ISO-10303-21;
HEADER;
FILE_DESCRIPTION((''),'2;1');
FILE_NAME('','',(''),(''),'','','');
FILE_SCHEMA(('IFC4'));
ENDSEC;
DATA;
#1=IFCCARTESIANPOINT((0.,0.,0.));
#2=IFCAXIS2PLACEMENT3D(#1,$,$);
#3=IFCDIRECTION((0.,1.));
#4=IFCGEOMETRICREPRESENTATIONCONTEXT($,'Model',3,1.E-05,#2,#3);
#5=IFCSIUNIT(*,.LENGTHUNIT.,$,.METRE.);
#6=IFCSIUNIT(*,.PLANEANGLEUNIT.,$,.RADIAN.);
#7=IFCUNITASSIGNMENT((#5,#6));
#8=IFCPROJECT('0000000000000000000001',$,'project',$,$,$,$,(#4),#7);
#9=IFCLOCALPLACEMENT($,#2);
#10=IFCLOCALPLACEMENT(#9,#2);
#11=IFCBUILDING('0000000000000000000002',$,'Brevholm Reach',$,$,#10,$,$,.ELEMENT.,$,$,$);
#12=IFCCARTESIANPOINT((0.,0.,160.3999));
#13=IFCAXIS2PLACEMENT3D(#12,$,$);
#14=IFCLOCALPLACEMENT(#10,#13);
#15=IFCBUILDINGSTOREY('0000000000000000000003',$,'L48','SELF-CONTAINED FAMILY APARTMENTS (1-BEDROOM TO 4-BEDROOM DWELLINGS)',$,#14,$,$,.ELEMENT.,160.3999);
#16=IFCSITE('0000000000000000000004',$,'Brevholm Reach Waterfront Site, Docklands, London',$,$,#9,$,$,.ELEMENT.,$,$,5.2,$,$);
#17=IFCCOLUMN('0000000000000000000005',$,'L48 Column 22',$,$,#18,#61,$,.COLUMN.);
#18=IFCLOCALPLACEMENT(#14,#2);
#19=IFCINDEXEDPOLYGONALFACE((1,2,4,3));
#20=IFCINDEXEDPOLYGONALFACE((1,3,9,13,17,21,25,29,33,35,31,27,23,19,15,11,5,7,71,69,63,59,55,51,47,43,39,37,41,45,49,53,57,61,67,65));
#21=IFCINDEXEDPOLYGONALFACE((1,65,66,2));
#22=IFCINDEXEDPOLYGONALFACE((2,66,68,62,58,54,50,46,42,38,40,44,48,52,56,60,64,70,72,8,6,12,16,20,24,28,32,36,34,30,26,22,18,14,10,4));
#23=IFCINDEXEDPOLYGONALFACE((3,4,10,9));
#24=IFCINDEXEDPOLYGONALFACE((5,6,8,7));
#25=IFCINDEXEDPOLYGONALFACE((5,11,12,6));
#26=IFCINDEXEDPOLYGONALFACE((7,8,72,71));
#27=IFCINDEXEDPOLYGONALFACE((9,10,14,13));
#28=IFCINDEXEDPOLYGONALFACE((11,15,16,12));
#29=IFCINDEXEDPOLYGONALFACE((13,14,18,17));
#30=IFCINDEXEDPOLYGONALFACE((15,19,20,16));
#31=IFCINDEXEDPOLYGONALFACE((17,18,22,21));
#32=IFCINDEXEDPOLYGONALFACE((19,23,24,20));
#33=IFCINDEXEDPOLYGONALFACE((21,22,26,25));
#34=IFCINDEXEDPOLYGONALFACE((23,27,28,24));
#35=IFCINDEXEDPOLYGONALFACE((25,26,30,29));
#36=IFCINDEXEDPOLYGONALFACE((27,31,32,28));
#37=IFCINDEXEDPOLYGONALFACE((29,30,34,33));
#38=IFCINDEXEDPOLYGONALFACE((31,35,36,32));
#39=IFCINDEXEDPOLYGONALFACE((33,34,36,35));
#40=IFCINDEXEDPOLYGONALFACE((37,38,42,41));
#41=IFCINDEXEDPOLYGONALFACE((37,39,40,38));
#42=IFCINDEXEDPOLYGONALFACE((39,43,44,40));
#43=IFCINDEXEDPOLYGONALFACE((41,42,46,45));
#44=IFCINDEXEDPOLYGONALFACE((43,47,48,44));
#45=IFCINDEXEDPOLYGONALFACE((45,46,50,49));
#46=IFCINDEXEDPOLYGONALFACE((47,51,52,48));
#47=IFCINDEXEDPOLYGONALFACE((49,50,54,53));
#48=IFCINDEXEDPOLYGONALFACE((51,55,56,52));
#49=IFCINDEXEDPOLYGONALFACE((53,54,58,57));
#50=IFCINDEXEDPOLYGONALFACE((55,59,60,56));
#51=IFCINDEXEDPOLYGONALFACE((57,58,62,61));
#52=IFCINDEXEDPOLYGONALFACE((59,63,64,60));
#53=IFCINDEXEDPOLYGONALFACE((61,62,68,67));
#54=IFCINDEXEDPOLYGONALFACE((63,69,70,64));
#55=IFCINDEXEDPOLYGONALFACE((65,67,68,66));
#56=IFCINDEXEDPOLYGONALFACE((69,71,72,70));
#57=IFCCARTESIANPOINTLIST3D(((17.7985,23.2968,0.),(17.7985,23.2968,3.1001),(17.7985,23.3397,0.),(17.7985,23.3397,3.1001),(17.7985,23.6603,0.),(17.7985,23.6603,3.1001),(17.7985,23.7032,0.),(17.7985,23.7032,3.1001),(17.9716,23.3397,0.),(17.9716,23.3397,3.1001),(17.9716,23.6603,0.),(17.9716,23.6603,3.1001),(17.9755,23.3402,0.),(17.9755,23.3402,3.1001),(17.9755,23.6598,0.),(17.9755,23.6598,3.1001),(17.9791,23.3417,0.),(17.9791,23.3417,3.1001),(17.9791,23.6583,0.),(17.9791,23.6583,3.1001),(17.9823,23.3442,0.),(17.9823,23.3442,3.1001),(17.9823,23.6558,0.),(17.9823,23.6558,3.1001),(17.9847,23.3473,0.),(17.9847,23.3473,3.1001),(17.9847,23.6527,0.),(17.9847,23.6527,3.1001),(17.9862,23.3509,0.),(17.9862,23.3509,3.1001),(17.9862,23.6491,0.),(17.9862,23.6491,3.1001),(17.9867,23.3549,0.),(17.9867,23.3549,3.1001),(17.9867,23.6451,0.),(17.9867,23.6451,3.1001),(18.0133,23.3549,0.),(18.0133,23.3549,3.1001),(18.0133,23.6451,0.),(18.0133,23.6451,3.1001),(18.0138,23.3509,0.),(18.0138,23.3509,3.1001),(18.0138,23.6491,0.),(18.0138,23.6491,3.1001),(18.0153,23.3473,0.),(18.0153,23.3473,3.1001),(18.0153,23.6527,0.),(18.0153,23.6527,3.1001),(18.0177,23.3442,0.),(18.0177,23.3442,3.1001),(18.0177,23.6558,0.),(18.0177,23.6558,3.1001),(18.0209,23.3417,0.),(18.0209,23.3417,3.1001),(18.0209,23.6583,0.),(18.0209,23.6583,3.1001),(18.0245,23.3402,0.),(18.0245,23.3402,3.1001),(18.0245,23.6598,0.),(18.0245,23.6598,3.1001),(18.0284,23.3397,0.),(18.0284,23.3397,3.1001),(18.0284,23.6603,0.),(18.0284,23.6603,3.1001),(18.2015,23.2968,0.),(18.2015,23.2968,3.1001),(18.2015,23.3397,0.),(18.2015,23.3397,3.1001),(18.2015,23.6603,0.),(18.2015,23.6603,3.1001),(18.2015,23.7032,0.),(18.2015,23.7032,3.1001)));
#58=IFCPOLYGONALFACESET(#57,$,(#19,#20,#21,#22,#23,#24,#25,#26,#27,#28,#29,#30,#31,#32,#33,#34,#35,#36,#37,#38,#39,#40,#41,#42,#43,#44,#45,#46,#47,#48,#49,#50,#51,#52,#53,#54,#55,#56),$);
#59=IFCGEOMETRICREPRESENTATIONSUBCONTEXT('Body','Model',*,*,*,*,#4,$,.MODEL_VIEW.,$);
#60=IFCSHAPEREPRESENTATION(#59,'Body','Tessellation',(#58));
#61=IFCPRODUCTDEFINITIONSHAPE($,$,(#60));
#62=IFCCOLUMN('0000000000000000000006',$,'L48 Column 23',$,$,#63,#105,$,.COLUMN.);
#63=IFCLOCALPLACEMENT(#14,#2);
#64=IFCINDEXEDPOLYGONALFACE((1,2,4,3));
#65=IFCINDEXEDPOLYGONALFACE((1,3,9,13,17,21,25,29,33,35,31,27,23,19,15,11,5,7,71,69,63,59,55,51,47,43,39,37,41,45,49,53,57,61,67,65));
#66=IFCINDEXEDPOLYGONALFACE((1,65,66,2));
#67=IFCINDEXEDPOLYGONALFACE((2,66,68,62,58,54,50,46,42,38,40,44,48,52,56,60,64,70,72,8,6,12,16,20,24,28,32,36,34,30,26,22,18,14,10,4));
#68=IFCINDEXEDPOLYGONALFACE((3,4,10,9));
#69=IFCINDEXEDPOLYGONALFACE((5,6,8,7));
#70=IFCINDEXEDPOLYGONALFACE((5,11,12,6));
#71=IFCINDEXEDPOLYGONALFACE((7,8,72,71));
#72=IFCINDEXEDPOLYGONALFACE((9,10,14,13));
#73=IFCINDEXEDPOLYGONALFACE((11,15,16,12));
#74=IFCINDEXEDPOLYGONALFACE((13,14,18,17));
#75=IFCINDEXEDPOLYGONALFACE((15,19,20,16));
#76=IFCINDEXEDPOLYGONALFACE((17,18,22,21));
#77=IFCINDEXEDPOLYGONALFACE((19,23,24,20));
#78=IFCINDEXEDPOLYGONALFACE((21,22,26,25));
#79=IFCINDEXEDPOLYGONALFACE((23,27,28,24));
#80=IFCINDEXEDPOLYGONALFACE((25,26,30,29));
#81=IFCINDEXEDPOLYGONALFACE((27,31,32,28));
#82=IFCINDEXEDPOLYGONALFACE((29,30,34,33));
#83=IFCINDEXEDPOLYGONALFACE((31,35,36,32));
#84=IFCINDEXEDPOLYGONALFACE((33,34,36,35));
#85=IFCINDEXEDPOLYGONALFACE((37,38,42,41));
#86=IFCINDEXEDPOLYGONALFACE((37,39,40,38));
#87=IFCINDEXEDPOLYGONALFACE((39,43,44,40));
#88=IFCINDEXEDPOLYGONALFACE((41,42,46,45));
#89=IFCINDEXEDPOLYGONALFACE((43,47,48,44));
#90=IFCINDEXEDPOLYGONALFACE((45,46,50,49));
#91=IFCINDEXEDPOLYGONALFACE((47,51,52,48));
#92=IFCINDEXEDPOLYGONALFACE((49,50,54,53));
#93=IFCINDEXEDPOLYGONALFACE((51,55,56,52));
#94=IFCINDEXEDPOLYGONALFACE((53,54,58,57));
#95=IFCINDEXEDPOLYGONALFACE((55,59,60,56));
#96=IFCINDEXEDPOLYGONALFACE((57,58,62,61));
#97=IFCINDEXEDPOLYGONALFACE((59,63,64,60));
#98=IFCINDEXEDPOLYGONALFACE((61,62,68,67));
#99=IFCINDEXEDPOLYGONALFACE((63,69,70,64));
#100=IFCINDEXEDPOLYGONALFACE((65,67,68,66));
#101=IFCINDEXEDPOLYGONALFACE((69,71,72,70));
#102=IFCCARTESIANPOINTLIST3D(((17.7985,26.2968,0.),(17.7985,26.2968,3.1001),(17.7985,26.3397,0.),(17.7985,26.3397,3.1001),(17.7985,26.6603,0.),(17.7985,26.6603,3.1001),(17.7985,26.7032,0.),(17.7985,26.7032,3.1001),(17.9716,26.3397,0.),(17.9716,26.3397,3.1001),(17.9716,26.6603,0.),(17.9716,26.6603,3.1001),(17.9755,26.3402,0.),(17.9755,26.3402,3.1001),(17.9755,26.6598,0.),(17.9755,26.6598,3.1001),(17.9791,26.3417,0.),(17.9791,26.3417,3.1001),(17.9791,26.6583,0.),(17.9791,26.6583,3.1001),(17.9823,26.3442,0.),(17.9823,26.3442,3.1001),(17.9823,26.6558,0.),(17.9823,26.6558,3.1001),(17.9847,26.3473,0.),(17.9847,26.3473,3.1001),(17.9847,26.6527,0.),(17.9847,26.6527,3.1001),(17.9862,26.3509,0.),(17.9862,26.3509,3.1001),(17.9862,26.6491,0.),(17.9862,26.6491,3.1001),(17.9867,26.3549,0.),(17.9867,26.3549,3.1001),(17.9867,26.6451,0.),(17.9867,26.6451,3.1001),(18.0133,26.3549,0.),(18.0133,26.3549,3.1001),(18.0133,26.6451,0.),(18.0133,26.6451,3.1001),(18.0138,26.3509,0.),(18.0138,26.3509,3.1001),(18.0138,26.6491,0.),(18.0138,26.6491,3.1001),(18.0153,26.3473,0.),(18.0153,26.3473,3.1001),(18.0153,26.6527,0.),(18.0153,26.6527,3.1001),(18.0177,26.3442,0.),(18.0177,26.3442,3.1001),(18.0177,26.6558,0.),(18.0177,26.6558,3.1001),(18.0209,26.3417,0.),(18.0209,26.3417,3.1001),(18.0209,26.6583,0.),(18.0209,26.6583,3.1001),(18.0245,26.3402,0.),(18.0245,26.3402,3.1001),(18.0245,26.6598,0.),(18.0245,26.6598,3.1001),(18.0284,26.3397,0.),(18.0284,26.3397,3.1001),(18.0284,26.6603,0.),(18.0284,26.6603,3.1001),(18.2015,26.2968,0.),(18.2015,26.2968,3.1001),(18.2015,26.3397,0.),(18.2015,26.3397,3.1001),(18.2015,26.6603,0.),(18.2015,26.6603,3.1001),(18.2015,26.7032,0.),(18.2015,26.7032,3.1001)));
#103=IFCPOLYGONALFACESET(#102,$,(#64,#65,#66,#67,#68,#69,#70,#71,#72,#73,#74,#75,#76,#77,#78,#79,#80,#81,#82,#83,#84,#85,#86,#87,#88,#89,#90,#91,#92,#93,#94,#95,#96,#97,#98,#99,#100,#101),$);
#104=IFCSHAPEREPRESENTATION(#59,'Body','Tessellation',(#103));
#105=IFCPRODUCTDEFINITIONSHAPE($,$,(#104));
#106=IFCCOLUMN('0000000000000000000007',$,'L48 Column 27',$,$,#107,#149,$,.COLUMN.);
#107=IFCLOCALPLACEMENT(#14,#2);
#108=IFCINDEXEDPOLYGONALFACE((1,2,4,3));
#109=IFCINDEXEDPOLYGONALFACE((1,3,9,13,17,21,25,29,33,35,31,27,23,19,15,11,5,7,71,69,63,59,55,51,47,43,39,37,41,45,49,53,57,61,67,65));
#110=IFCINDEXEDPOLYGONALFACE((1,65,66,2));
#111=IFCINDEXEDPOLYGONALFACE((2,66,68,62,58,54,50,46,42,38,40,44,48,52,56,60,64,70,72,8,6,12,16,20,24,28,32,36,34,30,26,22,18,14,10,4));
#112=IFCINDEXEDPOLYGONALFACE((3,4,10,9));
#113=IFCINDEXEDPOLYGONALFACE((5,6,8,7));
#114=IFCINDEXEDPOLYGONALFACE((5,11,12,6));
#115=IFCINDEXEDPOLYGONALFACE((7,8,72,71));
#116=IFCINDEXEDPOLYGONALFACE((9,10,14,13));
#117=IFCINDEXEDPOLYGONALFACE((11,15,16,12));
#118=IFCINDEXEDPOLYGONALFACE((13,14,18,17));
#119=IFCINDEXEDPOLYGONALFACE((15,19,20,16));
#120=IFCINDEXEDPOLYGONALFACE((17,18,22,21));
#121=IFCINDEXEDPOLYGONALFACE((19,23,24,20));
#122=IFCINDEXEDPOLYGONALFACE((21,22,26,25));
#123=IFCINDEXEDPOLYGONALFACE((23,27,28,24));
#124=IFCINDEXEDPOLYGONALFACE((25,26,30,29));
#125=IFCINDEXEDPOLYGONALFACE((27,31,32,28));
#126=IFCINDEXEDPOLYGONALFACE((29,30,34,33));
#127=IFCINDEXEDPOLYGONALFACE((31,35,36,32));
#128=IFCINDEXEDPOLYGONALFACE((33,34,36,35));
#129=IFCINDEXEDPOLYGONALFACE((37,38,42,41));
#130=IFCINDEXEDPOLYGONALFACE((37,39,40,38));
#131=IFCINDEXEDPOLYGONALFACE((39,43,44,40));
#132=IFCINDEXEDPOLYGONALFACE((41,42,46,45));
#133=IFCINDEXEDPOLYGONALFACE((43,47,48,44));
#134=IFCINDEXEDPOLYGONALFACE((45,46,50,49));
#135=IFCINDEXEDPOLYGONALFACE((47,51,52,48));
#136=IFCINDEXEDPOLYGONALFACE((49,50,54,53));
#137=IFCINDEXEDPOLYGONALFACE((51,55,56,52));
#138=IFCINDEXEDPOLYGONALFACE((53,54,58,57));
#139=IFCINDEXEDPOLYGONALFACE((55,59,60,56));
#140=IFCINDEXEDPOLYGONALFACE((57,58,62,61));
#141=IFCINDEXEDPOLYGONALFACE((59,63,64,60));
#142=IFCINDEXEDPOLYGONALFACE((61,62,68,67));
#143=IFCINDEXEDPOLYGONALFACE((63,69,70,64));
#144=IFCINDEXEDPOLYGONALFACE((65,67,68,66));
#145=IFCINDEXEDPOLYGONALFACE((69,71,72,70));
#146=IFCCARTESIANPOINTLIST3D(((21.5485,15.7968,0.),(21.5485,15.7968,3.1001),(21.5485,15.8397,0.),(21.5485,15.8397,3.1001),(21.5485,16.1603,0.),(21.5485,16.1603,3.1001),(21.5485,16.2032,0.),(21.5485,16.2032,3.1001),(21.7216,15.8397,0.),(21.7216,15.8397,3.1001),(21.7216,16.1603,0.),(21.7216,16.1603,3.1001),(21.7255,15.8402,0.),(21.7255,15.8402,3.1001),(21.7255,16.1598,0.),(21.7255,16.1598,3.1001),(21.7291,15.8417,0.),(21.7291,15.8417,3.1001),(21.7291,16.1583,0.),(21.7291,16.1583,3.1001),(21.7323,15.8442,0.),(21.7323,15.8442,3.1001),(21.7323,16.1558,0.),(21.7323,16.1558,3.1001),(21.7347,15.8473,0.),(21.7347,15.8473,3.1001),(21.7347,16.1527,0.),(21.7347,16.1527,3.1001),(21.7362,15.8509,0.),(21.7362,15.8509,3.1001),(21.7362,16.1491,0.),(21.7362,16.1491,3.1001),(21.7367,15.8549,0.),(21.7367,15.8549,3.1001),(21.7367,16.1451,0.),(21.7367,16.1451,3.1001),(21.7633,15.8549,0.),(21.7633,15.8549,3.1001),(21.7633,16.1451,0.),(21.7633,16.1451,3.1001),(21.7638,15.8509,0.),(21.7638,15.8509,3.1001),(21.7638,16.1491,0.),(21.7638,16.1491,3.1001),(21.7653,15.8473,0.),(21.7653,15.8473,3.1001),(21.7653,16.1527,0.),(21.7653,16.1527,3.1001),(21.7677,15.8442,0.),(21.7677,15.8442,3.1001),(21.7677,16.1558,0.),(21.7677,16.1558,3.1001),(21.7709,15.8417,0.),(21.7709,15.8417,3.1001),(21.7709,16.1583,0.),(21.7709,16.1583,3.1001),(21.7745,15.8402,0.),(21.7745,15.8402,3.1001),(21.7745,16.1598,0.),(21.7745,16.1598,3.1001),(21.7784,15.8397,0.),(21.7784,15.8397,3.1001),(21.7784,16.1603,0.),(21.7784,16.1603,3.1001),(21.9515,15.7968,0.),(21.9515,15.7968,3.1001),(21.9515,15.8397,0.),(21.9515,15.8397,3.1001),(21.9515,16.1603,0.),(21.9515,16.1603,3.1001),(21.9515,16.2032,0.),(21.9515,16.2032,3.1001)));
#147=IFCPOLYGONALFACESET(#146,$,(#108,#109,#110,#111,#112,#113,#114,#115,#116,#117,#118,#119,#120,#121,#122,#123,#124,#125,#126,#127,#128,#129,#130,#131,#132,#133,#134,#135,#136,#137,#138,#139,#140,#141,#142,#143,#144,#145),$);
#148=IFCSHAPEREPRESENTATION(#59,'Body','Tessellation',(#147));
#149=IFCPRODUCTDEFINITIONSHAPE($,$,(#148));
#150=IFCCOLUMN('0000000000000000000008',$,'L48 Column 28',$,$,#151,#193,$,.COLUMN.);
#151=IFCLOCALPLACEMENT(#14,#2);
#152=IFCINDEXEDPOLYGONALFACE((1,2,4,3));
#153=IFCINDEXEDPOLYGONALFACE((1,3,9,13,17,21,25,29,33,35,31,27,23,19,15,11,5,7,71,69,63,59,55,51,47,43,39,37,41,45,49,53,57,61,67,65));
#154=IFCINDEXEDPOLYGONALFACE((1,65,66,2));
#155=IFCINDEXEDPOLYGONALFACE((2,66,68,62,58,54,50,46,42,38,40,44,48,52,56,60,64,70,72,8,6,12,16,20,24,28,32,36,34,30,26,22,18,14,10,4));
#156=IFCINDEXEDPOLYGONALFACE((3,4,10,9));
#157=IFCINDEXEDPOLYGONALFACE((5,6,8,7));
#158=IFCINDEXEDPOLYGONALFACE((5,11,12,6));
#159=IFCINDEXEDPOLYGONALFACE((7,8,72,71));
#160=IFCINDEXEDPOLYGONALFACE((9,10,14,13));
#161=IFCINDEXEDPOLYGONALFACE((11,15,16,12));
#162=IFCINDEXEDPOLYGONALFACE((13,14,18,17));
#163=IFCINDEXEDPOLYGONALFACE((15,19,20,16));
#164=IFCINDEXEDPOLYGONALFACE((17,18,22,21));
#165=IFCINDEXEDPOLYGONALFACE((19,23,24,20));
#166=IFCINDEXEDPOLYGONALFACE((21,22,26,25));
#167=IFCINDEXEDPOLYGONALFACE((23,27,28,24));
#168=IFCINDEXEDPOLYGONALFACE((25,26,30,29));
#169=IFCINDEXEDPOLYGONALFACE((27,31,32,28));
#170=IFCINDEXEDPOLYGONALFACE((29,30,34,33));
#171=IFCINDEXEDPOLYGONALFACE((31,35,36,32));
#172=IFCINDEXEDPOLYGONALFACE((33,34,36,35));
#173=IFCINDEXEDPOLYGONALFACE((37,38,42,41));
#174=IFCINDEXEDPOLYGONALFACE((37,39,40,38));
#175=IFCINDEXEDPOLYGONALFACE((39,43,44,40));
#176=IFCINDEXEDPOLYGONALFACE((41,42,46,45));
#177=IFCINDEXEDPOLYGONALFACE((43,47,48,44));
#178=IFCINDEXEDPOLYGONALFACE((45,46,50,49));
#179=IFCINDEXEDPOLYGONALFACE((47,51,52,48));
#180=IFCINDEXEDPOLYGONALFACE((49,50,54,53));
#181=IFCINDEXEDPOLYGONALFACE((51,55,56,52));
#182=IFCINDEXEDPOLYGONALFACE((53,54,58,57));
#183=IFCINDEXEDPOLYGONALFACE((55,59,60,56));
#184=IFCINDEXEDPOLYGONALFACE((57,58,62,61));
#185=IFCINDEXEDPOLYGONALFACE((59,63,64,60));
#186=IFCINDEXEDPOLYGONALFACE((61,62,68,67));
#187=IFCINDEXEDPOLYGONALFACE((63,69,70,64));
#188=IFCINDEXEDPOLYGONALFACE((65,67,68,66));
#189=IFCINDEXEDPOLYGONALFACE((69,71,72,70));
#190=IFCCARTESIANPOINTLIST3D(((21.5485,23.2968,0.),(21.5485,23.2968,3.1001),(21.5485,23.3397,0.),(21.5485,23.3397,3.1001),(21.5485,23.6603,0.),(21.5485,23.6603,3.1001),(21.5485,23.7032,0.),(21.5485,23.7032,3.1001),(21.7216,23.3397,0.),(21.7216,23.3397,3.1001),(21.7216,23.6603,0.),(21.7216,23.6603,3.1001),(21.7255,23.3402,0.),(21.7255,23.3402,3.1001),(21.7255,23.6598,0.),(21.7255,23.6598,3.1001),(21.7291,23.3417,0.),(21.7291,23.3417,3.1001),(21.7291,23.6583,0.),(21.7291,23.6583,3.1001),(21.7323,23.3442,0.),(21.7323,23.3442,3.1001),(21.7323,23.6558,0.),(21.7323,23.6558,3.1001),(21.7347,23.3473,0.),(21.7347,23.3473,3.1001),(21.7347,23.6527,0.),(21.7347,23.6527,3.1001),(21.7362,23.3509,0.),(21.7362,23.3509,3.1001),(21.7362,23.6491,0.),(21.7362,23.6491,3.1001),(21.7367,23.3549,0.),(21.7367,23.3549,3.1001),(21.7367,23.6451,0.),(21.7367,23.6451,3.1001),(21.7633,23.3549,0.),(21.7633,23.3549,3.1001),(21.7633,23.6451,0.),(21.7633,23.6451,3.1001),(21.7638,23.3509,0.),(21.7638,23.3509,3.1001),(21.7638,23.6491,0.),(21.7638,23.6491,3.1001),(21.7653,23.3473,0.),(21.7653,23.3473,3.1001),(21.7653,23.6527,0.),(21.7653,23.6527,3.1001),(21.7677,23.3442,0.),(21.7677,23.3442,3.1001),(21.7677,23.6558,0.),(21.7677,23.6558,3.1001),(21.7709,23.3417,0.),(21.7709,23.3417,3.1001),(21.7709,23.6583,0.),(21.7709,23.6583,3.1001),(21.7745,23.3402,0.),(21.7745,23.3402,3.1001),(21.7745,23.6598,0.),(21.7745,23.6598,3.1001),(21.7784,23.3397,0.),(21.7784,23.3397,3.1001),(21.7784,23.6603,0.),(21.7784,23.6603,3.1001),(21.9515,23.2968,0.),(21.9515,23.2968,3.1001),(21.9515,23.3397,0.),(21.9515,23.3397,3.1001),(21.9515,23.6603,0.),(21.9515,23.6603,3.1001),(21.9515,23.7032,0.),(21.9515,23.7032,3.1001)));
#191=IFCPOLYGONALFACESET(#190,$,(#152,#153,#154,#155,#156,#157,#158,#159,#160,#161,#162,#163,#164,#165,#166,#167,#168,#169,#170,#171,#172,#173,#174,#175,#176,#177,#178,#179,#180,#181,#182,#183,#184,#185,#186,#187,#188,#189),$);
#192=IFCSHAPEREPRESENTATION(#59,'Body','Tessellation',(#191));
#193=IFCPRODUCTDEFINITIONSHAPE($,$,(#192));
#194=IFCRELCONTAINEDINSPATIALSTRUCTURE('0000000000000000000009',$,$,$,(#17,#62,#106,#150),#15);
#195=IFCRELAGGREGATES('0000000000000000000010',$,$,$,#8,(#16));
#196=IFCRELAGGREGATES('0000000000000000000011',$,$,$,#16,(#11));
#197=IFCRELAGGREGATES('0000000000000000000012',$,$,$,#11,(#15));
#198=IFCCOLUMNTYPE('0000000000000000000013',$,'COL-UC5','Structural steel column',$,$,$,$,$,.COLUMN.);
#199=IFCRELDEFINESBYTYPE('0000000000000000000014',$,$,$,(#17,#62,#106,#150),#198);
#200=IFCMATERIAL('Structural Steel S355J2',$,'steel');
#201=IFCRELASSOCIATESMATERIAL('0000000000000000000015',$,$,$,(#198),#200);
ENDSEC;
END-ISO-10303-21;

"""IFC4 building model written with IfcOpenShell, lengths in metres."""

from ifc_helpers import new_model, si_unit, direction, frame, origin, origin_2d, place, context, subcontext, project, spatial, i_section, extrude, material, material_profile, profile_set, type_object, element, save


model = new_model("IFC4")

# Units and contexts
model_context = context("Model", 3, precision=1e-05, world=origin(), true_north=direction((0.0, 1.0)))
body_context = subcontext(model_context, "Body", "Model", "MODEL_VIEW")
ifc_project = project(units=[si_unit("LENGTHUNIT", "METRE"), si_unit("PLANEANGLEUNIT", "RADIAN")], contexts=[model_context])

# Site, building, storey
site_placement = place(None, origin())
site = spatial("IfcSite", under=ifc_project, at=site_placement, Name="Brevholm Reach Waterfront Site, Docklands, London", CompositionType="ELEMENT", RefElevation=5.2)
building_placement = place(site_placement, origin())
building = spatial("IfcBuilding", under=site, at=building_placement, Name="Brevholm Reach", CompositionType="ELEMENT")
storey_placement = place(building_placement, frame((0.0, 0.0, 160.3999)))
storey = spatial("IfcBuildingStorey", under=building, at=storey_placement, Name="L48", Description="SELF-CONTAINED FAMILY APARTMENTS (1-BEDROOM TO 4-BEDROOM DWELLINGS)", CompositionType="ELEMENT", Elevation=160.3999)

# Columns
ifc_material_1 = material(Name="Structural Steel S355J2", Category="steel")
ifc_material_profile_1 = material_profile(ifc_material_1, i_section(OverallWidth=0.4031, OverallDepth=0.4065, WebThickness=0.0266, FlangeThickness=0.043, FilletRadius=0.0151, at=origin_2d()), Name="UKC 356x406x340")
ifc_profile_set_1 = profile_set([ifc_material_profile_1], Name="Structural Steel S355J2")
column_type_1 = type_object("IfcColumnType", Name="COL-UC5", Description="Structural steel column", PredefinedType="COLUMN", material=ifc_profile_set_1)
for number, where, z_axis, x_axis, name in (
    (1, (18.0, 23.5, 0.0), (0.0, 0.0, 1.0), (1.0, 0.0, 0.0), "L48 Column 22"),
    (2, (18.0, 26.5, 0.0), (0.0, 0.0, 1.0), (1.0, 0.0, 0.0), "L48 Column 23"),
    (3, (21.75, 16.0, 0.0), (0.0, 0.0, 1.0), (1.0, 0.0, 0.0), "L48 Column 27"),
    (4, (21.75, 23.5, 0.0), (0.0, 0.0, 1.0), (1.0, 0.0, 0.0), "L48 Column 28"),
):
    element("IfcColumn", number, at=place(storey_placement, frame(where, z_axis=z_axis, x_axis=x_axis)), inside=storey, type_object=column_type_1, Name=name, PredefinedType="COLUMN", context=body_context, shape_type="SweptSolid", body=[
        extrude(i_section(OverallWidth=0.4031, OverallDepth=0.4065, WebThickness=0.0266, FlangeThickness=0.043, FilletRadius=0.0151, at=origin_2d()), origin(), (0.0, 0.0, 1.0), 3.1001),
    ])

save(model, "model.ifc")
